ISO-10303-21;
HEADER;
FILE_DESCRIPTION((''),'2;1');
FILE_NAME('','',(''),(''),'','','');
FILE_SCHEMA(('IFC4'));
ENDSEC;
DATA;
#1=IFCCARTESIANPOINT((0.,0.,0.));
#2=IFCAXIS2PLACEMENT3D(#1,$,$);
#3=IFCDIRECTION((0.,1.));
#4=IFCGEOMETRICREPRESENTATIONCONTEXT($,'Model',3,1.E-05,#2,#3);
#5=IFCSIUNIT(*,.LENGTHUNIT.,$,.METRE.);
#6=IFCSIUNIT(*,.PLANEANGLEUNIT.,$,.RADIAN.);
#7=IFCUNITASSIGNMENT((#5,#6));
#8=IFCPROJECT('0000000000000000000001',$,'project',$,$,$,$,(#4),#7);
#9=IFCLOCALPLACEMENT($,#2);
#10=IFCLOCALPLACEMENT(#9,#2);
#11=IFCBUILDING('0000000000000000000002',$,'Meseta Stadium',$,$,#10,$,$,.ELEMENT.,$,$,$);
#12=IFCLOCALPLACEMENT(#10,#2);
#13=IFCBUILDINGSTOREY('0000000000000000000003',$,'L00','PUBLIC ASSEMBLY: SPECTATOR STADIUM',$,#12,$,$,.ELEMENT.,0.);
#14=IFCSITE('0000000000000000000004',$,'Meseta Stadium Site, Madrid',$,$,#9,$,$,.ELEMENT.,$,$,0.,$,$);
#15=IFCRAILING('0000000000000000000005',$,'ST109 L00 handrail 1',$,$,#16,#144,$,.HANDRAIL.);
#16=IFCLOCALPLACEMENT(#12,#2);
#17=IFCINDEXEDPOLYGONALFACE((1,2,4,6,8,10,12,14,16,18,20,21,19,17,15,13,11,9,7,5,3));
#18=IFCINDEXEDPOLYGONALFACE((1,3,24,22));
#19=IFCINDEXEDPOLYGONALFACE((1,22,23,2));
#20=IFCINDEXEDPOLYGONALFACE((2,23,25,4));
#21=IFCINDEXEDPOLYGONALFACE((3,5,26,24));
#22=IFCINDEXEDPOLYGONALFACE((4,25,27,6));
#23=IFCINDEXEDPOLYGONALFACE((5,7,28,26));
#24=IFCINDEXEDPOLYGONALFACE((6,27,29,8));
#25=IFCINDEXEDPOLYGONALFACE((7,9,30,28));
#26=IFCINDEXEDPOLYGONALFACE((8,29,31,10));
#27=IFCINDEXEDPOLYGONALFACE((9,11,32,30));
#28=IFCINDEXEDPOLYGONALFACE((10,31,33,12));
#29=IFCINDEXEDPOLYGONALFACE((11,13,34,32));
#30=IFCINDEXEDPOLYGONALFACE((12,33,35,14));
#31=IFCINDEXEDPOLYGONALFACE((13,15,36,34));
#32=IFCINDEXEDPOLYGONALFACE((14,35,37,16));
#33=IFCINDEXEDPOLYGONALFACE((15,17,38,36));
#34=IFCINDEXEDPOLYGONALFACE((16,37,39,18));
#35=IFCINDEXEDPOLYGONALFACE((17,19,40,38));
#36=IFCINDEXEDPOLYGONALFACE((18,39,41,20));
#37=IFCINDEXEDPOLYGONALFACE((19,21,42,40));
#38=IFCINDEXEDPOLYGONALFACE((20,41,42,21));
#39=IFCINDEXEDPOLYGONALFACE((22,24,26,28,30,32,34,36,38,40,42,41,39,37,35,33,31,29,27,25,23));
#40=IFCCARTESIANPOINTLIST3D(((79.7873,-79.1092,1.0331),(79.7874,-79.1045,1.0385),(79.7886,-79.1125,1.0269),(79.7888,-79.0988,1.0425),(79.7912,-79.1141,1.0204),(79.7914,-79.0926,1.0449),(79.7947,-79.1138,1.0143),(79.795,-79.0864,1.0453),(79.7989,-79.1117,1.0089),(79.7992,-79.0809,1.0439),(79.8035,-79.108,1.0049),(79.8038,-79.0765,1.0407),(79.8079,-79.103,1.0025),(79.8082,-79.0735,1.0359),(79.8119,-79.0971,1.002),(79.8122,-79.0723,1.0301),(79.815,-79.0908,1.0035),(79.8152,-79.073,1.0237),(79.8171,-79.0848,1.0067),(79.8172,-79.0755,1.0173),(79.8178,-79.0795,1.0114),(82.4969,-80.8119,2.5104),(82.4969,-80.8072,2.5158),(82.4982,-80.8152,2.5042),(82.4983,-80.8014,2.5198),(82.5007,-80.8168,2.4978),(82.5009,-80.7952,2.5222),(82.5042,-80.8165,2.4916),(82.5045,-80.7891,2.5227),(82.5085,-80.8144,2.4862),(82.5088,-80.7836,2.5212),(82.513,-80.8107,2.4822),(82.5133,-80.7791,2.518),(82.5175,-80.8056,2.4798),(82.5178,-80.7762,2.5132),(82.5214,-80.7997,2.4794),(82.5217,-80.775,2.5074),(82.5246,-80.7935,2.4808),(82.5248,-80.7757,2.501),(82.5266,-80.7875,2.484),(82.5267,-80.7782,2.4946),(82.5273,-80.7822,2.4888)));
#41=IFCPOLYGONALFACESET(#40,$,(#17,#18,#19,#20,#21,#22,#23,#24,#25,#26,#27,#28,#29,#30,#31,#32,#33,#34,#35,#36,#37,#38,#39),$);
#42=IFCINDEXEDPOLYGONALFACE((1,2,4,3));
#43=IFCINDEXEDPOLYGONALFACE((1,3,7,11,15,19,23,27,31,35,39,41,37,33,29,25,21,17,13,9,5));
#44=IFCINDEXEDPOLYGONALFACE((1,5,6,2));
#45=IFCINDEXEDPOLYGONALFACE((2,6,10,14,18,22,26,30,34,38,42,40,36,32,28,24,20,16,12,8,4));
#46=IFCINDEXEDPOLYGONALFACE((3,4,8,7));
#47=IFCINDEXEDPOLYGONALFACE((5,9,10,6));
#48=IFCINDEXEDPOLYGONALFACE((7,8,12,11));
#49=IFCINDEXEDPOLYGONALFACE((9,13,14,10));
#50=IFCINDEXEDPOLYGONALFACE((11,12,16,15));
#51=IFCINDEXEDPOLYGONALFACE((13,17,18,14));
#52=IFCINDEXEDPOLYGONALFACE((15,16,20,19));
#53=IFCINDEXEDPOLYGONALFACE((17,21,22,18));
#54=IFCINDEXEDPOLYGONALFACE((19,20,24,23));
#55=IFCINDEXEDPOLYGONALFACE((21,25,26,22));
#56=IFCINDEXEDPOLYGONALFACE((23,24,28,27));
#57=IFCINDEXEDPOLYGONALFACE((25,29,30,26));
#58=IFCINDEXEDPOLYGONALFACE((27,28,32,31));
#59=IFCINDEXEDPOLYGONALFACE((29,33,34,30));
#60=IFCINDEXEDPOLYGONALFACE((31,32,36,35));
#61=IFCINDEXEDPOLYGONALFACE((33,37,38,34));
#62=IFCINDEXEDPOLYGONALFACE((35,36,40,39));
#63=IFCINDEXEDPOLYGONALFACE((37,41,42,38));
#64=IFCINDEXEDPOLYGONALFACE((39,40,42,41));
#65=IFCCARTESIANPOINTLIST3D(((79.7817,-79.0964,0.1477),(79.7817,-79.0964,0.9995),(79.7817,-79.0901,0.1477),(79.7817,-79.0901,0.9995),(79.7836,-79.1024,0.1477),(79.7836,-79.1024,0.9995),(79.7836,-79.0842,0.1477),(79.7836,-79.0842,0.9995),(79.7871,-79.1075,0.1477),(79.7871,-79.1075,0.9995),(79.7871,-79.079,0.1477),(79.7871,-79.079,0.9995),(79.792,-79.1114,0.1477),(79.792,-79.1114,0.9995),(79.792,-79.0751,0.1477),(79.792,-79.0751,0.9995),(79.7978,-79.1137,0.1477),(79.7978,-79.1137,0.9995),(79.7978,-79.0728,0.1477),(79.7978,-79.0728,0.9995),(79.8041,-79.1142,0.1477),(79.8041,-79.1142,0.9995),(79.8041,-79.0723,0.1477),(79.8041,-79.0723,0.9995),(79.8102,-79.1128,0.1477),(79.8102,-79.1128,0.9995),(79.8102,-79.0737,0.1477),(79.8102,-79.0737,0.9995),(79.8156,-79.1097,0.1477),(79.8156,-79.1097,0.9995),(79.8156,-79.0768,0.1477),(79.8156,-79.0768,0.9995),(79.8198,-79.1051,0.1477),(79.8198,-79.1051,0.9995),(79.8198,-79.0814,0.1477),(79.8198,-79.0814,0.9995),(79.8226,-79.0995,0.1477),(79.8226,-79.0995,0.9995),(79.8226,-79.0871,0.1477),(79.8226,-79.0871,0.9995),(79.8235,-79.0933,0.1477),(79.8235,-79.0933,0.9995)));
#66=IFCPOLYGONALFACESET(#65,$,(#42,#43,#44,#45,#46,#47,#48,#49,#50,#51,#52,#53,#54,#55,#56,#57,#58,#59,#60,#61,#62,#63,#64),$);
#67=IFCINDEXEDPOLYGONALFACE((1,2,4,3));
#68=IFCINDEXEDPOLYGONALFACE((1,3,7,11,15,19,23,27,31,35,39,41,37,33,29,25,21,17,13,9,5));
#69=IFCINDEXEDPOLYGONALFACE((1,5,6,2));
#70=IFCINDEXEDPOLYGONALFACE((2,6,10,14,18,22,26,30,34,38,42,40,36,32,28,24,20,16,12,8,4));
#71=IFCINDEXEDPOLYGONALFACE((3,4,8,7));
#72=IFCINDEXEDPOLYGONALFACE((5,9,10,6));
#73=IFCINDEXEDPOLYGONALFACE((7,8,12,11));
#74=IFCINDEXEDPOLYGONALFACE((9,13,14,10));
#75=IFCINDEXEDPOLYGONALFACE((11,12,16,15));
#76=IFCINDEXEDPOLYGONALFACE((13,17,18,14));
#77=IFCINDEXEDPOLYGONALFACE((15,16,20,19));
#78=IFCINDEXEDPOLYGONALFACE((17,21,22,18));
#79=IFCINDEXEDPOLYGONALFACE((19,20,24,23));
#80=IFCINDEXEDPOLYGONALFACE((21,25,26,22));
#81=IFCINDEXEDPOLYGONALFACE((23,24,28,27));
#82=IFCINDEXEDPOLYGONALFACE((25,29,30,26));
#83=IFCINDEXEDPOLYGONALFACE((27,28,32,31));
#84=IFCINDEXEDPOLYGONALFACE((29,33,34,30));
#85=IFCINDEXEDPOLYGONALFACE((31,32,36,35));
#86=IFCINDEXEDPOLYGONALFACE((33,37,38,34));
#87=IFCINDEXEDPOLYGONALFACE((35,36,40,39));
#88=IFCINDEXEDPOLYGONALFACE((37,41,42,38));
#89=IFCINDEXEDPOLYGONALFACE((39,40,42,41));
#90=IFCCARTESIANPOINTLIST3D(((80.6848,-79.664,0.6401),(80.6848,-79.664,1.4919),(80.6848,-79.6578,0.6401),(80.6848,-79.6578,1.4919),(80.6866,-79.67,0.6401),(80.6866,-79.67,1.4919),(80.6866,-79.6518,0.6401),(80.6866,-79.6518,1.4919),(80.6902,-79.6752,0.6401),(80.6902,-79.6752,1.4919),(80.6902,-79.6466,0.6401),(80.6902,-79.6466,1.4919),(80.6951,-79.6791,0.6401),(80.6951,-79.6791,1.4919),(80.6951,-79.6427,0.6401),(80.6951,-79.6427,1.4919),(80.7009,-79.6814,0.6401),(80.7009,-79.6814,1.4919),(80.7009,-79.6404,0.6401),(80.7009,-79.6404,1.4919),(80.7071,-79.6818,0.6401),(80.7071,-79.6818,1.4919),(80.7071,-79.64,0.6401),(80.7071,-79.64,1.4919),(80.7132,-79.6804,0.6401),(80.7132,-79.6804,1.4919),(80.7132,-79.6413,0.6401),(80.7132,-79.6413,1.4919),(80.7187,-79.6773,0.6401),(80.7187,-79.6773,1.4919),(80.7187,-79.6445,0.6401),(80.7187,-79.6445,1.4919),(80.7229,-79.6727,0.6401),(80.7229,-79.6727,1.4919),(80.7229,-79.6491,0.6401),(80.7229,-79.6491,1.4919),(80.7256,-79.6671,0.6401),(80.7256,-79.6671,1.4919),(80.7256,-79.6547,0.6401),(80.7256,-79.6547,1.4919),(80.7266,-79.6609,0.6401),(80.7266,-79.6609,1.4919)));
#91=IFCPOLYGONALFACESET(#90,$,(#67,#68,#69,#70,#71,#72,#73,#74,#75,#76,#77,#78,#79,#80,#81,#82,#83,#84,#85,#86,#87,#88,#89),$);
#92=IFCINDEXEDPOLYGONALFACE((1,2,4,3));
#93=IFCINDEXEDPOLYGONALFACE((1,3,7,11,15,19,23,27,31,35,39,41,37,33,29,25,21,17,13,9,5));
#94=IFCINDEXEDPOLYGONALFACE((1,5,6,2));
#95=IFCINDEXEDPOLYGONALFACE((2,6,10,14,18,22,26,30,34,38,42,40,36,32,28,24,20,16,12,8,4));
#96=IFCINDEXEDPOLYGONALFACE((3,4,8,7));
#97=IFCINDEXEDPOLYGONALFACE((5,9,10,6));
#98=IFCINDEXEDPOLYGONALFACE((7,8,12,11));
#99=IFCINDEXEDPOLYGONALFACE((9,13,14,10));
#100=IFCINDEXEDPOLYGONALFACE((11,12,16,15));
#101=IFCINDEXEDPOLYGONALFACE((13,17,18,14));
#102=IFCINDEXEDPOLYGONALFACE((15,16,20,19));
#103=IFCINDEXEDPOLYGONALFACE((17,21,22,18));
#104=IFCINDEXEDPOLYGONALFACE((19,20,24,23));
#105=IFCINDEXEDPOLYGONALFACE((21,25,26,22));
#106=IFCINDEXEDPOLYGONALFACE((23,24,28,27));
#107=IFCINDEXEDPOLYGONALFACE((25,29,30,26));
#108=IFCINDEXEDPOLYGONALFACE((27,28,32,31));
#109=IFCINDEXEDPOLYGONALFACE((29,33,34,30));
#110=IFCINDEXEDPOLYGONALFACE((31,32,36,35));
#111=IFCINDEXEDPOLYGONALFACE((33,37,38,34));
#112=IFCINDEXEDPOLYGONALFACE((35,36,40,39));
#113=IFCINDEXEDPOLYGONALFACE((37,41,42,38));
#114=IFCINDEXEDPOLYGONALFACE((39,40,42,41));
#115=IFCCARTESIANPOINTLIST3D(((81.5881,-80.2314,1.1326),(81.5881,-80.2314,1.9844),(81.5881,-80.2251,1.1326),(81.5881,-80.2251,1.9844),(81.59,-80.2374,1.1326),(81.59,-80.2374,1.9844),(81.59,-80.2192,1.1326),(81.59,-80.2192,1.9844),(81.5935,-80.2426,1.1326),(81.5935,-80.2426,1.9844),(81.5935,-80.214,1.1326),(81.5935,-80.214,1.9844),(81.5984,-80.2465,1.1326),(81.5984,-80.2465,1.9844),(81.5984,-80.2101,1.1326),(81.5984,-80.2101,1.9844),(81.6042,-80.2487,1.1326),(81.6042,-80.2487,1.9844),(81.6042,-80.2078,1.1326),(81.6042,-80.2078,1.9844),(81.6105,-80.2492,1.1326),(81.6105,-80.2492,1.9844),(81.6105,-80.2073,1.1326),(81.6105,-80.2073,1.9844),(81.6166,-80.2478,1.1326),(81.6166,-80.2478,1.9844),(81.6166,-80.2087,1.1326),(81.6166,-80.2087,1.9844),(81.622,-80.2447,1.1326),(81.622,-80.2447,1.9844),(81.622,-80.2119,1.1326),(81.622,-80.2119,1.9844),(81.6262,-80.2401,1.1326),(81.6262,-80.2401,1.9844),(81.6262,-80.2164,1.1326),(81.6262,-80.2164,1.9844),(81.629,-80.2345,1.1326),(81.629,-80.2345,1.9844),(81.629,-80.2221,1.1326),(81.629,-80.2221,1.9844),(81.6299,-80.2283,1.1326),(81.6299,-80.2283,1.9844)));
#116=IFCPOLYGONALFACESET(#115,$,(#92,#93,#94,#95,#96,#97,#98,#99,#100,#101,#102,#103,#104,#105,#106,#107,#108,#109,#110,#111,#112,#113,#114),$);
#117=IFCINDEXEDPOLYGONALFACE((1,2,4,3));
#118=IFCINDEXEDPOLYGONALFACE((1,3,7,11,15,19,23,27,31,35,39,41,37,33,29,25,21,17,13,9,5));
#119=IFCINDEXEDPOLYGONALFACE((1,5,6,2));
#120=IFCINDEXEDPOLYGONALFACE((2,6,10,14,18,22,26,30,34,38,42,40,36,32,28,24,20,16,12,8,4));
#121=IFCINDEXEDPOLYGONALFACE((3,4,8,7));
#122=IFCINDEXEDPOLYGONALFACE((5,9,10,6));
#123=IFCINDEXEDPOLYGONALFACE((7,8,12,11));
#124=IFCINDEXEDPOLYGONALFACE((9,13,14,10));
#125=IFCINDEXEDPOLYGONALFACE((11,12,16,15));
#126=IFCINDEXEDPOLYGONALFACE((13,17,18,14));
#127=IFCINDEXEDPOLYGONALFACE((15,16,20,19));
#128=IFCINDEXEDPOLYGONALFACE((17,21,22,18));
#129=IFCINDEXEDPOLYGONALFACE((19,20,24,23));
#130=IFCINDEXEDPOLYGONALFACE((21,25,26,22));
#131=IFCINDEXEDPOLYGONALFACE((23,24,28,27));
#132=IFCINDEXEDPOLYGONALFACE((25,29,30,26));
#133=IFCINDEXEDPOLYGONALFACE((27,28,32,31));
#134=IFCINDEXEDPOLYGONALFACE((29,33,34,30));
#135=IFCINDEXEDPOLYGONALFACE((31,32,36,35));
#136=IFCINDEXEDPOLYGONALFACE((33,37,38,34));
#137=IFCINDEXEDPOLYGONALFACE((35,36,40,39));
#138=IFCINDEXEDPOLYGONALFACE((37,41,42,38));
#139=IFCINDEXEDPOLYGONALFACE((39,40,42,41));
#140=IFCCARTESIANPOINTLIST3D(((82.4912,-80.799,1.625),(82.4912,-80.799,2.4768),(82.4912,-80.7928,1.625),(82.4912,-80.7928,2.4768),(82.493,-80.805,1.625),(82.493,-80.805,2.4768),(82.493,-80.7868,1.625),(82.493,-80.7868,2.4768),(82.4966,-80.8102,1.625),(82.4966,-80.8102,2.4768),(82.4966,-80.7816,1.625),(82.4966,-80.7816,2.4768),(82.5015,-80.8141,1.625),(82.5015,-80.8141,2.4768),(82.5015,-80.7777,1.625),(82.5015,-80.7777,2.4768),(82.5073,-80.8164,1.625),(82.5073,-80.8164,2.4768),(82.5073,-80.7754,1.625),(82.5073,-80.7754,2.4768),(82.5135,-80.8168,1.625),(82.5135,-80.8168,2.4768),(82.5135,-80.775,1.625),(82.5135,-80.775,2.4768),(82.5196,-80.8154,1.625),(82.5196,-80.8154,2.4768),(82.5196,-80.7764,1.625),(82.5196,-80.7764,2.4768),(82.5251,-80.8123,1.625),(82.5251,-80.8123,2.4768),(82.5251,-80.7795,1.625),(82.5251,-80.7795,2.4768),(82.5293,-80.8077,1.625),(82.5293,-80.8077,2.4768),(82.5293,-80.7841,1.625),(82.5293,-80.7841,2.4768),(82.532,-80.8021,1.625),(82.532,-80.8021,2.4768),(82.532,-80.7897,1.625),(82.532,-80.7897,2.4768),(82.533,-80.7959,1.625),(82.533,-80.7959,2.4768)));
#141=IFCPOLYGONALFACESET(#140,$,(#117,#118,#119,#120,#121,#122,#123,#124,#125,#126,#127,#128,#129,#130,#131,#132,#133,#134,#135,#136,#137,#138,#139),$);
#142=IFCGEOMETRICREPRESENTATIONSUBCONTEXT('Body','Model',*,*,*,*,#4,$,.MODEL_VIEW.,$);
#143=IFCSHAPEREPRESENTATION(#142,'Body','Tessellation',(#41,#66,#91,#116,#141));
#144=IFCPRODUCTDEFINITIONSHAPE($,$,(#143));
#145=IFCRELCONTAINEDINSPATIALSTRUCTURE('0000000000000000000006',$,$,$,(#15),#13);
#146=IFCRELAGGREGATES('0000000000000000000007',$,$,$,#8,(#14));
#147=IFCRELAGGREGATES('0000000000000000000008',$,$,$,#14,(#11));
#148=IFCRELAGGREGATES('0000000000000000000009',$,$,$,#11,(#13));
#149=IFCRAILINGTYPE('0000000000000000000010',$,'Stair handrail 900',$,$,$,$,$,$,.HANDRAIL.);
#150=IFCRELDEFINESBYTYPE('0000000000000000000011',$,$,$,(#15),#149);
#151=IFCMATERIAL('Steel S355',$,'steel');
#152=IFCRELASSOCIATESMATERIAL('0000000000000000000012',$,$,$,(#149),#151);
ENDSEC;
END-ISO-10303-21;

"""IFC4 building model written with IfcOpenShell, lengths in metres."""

from ifc_helpers import new_model, si_unit, direction, frame, origin, origin_2d, place, context, subcontext, project, spatial, circle, extrude, material, type_object, element, save


model = new_model("IFC4")

# Units and contexts
model_context = context("Model", 3, precision=1e-05, world=origin(), true_north=direction((0.0, 1.0)))
body_context = subcontext(model_context, "Body", "Model", "MODEL_VIEW")
ifc_project = project(units=[si_unit("LENGTHUNIT", "METRE"), si_unit("PLANEANGLEUNIT", "RADIAN")], contexts=[model_context])

# Site, building, storey
site_placement = place(None, origin())
site = spatial("IfcSite", under=ifc_project, at=site_placement, Name="Meseta Stadium Site, Madrid", CompositionType="ELEMENT", RefElevation=0.0)
building_placement = place(site_placement, origin())
building = spatial("IfcBuilding", under=site, at=building_placement, Name="Meseta Stadium", CompositionType="ELEMENT")
storey_placement = place(building_placement, origin())
storey = spatial("IfcBuildingStorey", under=building, at=storey_placement, Name="L00", Description="PUBLIC ASSEMBLY: SPECTATOR STADIUM", CompositionType="ELEMENT", Elevation=0.0)

# Railing
ifc_material_1 = material(Name="Steel S355", Category="steel")
railing_type_1 = type_object("IfcRailingType", Name="Stair handrail 900", PredefinedType="HANDRAIL", material=ifc_material_1)
railing_1_placement = place(storey_placement, frame((79.8025, -79.0933, 0.1477)))
element("IfcRailing", 1, at=railing_1_placement, inside=storey, type_object=railing_type_1, Name="ST109 L00 handrail 1", PredefinedType="HANDRAIL", context=body_context, shape_type="SweptSolid", body=[
    extrude(circle(Radius=0.0239, at=origin_2d()), frame((0.0, 0.0, 0.876), z_axis=(0.768738, -0.483076, 0.419142), x_axis=(0.532068, 0.846701, 0.0)), (0.0, 0.0, 1.0), 3.5247),
    extrude(circle(Radius=0.021, at=origin_2d()), origin(), (0.0, 0.0, 1.0), 0.8518),
    extrude(circle(Radius=0.021, at=origin_2d()), frame((0.9031, -0.5676, 0.4924)), (0.0, 0.0, 1.0), 0.8518),
    extrude(circle(Radius=0.021, at=origin_2d()), frame((1.8064, -1.135, 0.9849)), (0.0, 0.0, 1.0), 0.8518),
    extrude(circle(Radius=0.021, at=origin_2d()), frame((2.7095, -1.7026, 1.4773)), (0.0, 0.0, 1.0), 0.8518),
])

save(model, "model.ifc")
